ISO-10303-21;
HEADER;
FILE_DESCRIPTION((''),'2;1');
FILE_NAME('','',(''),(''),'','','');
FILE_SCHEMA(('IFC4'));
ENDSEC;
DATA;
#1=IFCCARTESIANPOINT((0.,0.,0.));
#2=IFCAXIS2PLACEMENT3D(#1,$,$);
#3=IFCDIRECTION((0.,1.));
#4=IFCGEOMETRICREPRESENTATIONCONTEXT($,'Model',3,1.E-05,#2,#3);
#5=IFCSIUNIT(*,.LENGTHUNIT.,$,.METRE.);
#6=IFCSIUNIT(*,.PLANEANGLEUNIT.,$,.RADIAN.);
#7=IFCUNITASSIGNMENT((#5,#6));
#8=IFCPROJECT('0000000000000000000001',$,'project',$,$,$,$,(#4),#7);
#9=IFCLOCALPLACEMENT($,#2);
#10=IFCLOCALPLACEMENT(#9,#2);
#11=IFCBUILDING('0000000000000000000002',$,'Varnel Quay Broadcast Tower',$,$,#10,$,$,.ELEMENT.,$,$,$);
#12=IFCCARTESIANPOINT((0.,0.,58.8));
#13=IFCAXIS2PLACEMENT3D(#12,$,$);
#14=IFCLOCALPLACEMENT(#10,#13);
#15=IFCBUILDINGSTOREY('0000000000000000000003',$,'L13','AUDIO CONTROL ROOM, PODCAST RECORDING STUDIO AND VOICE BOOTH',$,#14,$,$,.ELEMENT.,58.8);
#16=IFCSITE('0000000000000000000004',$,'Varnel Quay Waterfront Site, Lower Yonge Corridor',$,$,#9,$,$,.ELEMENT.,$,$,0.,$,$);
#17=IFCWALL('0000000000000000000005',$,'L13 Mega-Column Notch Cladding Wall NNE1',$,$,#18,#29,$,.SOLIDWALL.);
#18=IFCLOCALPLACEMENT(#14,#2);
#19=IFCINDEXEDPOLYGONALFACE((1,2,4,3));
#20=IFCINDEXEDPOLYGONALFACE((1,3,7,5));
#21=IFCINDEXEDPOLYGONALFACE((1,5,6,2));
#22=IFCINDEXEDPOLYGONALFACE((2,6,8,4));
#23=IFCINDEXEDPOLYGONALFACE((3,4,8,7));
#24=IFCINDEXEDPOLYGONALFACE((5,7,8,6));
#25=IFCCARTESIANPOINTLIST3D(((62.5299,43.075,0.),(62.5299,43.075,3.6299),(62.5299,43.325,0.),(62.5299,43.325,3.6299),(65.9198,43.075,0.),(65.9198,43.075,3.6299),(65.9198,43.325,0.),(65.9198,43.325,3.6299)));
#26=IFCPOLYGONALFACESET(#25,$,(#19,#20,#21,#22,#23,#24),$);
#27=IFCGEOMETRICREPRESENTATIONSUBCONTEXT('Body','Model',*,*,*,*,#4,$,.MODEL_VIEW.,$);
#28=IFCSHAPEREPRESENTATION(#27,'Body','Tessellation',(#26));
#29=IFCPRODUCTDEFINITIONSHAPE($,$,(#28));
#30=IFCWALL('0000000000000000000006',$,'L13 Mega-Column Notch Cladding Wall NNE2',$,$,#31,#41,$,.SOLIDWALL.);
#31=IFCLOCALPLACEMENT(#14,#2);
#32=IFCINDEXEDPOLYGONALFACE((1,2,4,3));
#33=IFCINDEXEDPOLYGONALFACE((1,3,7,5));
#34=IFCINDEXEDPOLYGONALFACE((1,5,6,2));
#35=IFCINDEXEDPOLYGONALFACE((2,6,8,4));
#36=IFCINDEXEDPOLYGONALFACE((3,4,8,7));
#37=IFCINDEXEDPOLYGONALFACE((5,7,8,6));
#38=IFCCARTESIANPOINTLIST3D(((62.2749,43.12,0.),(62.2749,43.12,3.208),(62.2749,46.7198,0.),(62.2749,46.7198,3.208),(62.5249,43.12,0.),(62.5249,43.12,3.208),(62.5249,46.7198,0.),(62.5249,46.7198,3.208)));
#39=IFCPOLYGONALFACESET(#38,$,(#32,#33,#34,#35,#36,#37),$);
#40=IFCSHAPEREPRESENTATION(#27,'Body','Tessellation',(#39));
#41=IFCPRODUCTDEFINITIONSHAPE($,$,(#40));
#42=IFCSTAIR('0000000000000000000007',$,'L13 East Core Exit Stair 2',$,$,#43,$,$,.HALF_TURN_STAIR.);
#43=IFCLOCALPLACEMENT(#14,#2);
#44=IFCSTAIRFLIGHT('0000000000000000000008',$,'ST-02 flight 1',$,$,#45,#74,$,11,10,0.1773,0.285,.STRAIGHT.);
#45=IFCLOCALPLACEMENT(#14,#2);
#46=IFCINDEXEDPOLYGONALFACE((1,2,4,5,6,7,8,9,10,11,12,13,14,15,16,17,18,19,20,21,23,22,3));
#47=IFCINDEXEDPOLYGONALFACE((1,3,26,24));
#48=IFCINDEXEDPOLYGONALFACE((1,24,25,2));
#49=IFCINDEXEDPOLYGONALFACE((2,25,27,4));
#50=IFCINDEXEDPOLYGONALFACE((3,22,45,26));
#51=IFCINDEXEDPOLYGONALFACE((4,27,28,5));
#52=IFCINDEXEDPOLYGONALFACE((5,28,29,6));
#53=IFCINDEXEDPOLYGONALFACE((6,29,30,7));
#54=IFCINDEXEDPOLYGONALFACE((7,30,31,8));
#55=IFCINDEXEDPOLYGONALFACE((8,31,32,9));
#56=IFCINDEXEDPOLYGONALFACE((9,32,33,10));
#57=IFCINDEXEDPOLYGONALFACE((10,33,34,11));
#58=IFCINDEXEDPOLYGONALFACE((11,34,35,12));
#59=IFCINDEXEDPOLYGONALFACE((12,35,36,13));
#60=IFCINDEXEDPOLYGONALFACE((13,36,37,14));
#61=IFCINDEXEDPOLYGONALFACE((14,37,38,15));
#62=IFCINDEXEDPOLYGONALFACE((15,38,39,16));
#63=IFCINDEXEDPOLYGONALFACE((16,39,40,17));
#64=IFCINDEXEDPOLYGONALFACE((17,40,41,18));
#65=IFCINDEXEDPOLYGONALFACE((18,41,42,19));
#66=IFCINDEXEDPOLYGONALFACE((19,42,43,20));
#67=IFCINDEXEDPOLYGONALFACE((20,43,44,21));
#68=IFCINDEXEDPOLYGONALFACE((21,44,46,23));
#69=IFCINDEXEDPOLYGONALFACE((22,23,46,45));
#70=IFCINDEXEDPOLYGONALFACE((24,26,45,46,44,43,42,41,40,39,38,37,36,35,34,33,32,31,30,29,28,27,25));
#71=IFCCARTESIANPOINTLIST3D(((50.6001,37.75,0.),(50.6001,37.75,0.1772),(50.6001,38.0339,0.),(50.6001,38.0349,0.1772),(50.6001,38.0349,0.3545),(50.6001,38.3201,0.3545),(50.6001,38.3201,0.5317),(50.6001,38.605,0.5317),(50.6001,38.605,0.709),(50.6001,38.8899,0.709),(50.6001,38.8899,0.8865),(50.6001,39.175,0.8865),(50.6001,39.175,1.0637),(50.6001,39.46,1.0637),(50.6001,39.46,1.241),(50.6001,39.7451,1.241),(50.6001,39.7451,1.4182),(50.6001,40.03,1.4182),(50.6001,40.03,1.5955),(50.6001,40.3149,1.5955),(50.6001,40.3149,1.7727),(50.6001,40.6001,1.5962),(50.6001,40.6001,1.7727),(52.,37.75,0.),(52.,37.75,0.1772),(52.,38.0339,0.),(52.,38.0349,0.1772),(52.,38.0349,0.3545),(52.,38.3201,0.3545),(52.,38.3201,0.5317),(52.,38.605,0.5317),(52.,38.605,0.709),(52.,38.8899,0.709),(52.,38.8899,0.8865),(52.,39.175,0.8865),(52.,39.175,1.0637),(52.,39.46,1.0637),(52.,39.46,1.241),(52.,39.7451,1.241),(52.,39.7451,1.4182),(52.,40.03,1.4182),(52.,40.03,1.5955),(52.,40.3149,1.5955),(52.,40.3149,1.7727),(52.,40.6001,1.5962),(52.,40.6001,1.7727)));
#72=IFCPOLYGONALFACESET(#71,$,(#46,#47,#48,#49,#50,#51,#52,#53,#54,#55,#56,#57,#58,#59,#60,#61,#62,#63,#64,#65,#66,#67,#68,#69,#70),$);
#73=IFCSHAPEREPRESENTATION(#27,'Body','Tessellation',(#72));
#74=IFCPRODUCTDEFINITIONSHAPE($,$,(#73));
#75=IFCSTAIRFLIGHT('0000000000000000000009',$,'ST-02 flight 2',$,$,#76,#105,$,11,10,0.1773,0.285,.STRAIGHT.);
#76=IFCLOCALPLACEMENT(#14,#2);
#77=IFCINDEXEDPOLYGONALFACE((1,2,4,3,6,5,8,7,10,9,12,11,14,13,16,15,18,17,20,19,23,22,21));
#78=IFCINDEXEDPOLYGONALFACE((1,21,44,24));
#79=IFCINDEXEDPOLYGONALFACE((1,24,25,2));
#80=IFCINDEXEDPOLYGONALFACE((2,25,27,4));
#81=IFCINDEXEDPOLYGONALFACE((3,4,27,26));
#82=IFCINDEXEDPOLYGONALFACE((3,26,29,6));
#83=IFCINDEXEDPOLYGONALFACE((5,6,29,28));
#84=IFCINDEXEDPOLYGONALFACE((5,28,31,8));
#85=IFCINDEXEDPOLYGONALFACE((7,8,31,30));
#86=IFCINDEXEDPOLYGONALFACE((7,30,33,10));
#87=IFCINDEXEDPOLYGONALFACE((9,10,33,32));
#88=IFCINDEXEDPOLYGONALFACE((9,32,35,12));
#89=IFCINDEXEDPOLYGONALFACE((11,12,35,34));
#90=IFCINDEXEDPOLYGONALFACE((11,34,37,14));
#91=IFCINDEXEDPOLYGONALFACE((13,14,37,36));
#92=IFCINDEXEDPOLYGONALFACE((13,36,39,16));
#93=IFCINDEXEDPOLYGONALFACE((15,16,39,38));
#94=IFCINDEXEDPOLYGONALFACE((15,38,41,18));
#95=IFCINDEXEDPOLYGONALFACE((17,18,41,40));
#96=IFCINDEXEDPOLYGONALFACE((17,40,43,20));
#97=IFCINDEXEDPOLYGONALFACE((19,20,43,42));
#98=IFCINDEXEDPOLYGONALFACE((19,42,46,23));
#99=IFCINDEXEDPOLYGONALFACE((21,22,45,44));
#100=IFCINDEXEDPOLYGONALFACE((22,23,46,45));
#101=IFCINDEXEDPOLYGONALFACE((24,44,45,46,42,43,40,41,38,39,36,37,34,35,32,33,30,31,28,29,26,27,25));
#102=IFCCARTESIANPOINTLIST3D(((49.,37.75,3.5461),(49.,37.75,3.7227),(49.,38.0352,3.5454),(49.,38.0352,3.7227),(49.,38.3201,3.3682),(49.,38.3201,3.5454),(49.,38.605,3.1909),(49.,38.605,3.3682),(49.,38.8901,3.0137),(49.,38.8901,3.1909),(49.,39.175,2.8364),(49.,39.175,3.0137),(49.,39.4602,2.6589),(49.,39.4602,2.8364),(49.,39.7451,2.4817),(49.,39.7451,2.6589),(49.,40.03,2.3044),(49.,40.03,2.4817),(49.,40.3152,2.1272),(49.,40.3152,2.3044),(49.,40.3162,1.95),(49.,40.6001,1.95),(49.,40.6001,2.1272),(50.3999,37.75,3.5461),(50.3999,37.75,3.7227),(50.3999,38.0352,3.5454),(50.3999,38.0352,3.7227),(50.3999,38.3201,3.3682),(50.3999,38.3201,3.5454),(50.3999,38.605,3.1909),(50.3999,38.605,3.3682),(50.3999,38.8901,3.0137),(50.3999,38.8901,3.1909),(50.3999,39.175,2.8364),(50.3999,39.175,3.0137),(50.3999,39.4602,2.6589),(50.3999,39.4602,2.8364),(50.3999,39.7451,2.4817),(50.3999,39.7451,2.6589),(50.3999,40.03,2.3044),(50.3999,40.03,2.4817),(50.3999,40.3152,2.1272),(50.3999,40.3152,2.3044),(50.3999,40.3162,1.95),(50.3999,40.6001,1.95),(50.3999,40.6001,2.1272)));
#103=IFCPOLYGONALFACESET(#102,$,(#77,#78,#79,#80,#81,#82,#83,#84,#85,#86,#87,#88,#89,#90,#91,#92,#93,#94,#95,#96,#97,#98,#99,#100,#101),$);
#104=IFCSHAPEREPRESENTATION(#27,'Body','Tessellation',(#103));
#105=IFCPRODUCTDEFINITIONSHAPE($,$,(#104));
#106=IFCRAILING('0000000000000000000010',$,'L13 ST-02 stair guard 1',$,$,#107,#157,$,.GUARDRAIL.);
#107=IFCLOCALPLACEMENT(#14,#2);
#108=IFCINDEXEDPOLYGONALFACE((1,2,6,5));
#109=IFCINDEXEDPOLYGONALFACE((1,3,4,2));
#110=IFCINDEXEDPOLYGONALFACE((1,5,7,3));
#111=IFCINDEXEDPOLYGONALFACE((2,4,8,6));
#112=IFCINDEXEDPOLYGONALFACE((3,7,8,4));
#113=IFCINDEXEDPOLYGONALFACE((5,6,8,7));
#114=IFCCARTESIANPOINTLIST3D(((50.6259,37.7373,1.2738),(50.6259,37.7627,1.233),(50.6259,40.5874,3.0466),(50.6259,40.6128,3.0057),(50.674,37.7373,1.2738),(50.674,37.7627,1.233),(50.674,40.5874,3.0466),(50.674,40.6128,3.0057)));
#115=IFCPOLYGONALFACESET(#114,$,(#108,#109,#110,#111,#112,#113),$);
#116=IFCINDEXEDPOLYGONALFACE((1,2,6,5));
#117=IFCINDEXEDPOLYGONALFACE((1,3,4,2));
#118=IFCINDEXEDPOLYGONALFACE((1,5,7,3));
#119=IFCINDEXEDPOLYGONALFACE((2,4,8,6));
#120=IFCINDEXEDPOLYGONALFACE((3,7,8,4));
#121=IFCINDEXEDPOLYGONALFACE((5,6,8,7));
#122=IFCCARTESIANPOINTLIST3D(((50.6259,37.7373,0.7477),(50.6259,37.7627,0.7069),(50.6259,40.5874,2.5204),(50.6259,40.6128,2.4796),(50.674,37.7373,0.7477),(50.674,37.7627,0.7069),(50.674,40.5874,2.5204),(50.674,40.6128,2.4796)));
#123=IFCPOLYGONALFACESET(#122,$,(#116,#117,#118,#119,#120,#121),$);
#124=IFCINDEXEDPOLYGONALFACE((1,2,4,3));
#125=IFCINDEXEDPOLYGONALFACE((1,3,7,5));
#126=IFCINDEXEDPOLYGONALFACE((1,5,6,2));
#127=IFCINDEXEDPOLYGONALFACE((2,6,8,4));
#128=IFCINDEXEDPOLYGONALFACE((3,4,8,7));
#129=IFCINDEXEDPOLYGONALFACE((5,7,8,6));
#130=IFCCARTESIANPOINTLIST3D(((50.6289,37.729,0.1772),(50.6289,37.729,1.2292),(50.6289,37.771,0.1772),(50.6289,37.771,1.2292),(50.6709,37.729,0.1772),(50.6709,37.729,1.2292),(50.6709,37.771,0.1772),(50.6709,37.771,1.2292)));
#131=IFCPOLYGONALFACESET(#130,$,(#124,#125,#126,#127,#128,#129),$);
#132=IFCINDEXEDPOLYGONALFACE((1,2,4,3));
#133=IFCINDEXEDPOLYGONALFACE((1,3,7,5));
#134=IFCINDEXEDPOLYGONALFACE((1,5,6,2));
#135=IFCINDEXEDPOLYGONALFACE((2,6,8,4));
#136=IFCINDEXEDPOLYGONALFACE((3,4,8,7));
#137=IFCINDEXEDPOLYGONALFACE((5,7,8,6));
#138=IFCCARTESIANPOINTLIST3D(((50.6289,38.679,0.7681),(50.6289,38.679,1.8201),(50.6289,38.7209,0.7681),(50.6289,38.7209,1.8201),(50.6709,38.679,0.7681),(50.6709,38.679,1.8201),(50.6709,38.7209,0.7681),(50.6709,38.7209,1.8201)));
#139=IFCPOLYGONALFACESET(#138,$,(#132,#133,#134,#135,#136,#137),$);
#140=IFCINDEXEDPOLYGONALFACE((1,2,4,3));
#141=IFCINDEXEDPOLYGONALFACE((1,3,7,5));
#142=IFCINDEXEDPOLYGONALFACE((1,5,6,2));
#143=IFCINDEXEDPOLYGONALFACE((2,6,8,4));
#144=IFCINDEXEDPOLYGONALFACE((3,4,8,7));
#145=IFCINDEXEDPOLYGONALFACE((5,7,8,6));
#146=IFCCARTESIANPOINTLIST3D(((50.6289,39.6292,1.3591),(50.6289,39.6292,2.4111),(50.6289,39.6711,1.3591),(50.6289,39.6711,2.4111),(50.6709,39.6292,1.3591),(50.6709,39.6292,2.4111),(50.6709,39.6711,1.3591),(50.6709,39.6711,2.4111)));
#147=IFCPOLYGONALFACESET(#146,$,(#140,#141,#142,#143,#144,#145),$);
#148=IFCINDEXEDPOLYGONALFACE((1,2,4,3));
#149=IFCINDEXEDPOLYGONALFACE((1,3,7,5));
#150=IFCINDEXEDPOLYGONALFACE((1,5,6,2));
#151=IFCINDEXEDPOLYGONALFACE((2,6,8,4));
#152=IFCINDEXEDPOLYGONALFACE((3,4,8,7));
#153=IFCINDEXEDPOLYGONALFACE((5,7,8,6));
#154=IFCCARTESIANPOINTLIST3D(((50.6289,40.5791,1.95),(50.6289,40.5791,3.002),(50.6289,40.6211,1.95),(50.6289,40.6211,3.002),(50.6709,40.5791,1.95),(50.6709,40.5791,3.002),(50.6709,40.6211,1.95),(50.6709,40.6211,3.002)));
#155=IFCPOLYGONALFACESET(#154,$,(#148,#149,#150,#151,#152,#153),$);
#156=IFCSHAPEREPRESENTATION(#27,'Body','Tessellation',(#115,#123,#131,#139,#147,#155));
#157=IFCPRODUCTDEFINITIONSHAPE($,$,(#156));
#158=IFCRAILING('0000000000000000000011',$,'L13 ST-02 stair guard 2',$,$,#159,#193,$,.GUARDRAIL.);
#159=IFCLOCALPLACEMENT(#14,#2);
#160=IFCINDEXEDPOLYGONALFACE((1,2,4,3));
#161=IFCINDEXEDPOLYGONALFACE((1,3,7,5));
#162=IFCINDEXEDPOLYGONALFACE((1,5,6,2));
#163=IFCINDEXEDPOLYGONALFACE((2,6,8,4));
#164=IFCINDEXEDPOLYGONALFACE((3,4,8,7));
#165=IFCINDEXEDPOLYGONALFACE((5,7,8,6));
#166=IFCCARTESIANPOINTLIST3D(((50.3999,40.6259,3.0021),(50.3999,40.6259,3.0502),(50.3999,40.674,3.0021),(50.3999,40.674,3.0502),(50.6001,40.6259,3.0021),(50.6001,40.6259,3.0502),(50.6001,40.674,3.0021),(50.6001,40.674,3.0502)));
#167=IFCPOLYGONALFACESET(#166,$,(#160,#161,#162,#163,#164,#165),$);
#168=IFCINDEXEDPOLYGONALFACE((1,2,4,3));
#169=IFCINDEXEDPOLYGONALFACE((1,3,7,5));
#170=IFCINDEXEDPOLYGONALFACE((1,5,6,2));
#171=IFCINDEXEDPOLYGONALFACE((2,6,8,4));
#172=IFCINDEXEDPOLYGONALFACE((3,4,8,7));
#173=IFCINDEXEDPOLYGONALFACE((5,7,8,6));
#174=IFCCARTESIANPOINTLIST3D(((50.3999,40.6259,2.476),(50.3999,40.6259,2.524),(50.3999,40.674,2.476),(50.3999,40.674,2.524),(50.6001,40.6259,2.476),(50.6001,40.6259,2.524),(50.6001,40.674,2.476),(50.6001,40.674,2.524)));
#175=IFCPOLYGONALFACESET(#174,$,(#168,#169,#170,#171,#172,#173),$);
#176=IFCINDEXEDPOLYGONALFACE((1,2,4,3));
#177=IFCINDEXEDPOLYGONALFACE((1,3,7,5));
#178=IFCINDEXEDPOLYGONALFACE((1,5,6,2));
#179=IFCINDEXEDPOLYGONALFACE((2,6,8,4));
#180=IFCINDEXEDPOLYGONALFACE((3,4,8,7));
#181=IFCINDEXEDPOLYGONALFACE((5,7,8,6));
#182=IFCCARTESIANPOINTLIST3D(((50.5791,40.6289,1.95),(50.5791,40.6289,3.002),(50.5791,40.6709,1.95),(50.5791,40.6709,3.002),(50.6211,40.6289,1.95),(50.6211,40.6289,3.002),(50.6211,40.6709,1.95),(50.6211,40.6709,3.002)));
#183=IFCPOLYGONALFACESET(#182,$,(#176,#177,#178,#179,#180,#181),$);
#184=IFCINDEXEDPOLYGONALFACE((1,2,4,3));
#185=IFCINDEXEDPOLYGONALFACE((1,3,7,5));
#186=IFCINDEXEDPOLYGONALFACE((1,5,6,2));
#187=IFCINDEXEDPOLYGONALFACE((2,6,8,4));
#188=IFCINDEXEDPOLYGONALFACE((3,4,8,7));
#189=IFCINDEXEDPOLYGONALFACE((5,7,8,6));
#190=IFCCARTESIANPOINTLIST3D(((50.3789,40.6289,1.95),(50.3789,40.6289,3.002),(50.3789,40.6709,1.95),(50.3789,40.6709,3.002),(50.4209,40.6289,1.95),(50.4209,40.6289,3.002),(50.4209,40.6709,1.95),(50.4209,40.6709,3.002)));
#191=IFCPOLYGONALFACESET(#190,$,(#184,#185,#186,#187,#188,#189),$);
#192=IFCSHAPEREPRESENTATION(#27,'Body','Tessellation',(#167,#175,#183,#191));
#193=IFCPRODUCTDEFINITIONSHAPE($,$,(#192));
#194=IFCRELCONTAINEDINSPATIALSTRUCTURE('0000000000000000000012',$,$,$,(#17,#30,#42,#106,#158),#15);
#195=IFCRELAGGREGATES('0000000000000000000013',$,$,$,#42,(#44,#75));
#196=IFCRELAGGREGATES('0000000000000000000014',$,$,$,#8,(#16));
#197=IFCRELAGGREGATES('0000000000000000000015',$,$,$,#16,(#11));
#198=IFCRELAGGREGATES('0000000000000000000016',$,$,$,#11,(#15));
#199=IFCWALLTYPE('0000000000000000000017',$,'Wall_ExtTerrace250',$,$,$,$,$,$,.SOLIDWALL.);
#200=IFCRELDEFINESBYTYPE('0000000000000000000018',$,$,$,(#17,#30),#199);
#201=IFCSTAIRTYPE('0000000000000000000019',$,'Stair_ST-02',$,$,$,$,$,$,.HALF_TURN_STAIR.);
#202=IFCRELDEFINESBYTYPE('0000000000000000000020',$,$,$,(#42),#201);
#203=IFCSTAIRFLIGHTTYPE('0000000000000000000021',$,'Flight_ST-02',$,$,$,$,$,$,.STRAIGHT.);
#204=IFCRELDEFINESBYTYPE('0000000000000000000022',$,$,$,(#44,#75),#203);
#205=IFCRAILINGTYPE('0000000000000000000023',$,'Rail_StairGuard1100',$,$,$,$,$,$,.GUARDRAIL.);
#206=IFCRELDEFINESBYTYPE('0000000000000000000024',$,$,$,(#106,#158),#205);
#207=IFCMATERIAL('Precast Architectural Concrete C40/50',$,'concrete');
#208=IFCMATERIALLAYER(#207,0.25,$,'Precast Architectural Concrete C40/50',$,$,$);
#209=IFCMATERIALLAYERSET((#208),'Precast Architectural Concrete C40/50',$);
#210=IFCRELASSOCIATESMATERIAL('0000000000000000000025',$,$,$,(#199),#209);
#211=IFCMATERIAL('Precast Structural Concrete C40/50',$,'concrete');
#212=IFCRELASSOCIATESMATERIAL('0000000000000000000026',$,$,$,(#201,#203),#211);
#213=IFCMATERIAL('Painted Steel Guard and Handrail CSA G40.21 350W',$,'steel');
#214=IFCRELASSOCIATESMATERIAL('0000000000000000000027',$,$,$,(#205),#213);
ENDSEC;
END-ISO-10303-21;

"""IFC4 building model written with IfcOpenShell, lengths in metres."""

from ifc_helpers import new_model, si_unit, direction, frame, frame_2d, origin, origin_2d, place, context, subcontext, project, spatial, polyline, rectangle, outline, extrude, material, layer, layer_set, type_object, element, aggregate, save


model = new_model("IFC4")

# Units and contexts
model_context = context("Model", 3, precision=1e-05, world=origin(), true_north=direction((0.0, 1.0)))
body_context = subcontext(model_context, "Body", "Model", "MODEL_VIEW")
ifc_project = project(units=[si_unit("LENGTHUNIT", "METRE"), si_unit("PLANEANGLEUNIT", "RADIAN")], contexts=[model_context])

# Site, building, storey
site_placement = place(None, origin())
site = spatial("IfcSite", under=ifc_project, at=site_placement, Name="Varnel Quay Waterfront Site, Lower Yonge Corridor", CompositionType="ELEMENT", RefElevation=0.0)
building_placement = place(site_placement, origin())
building = spatial("IfcBuilding", under=site, at=building_placement, Name="Varnel Quay Broadcast Tower", CompositionType="ELEMENT")
storey_placement = place(building_placement, frame((0.0, 0.0, 58.8)))
storey = spatial("IfcBuildingStorey", under=building, at=storey_placement, Name="L13", Description="AUDIO CONTROL ROOM, PODCAST RECORDING STUDIO AND VOICE BOOTH", CompositionType="ELEMENT", Elevation=58.8)

# Walls
ifc_material_1 = material(Name="Precast Architectural Concrete C40/50", Category="concrete")
ifc_layer_1 = layer(ifc_material_1, 0.25, Name="Precast Architectural Concrete C40/50")
ifc_layer_set_1 = layer_set([ifc_layer_1], Name="Precast Architectural Concrete C40/50")
wall_type_1 = type_object("IfcWallType", Name="Wall_ExtTerrace250", PredefinedType="SOLIDWALL", material=ifc_layer_set_1)
wall_1_placement = place(storey_placement, frame((62.53, 43.2, 0.0), z_axis=(0.0, 0.0, 1.0), x_axis=(1.0, 0.0, 0.0)))
element("IfcWall", 1, at=wall_1_placement, inside=storey, type_object=wall_type_1, Name="L13 Mega-Column Notch Cladding Wall NNE1", PredefinedType="SOLIDWALL", context=body_context, shape_type="SweptSolid", body=[
    extrude(rectangle(XDim=3.3899, YDim=0.25, at=frame_2d((1.6948, 0.0))), origin(), (0.0, 0.0, 1.0), 3.6299),
])
wall_2_placement = place(storey_placement, frame((62.3999, 43.1201, 0.0), z_axis=(0.0, 0.0, 1.0), x_axis=(0.0, 1.0, 0.0)))
element("IfcWall", 2, at=wall_2_placement, inside=storey, type_object=wall_type_1, Name="L13 Mega-Column Notch Cladding Wall NNE2", PredefinedType="SOLIDWALL", context=body_context, shape_type="SweptSolid", body=[
    extrude(rectangle(XDim=3.5999, YDim=0.25, at=frame_2d((1.7998, 0.0))), origin(), (0.0, 0.0, 1.0), 3.208),
])

# Stair, stair flights
ifc_material_2 = material(Name="Precast Structural Concrete C40/50", Category="concrete")
stair_type = type_object("IfcStairType", Name="Stair_ST-02", PredefinedType="HALF_TURN_STAIR", material=ifc_material_2)
stair_placement = place(storey_placement, origin())
stair = element("IfcStair", 3, at=stair_placement, inside=storey, type_object=stair_type, Name="L13 East Core Exit Stair 2", PredefinedType="HALF_TURN_STAIR")
stair_flight_type = type_object("IfcStairFlightType", Name="Flight_ST-02", PredefinedType="STRAIGHT", material=ifc_material_2)
stair_flight_1_placement = place(storey_placement, frame((51.3, 37.75, 0.0), z_axis=(0.0, 0.0, 1.0), x_axis=(0.0, 1.0, 0.0)))
stair_flight_1 = element("IfcStairFlight", 4, at=stair_flight_1_placement, type_object=stair_flight_type, Name="ST-02 flight 1", NumberOfRisers=11, NumberOfTreads=10, PredefinedType="STRAIGHT", RiserHeight=0.1773, TreadLength=0.285, context=body_context, shape_type="SweptSolid", body=[
    extrude(outline(polyline([(0.0, 0.0), (0.0, 0.1772), (0.2849, 0.1772), (0.2849, 0.3545), (0.5701, 0.3545), (0.5701, 0.5317), (0.855, 0.5317), (0.855, 0.709), (1.1399, 0.709), (1.1399, 0.8865), (1.425, 0.8865), (1.425, 1.0637), (1.71, 1.0637), (1.71, 1.241), (1.9951, 1.241), (1.9951, 1.4182), (2.28, 1.4182), (2.28, 1.5955), (2.5649, 1.5955), (2.5649, 1.7727), (2.8501, 1.7727), (2.8501, 1.95), (2.8501, 1.5962), (0.2839, 0.0), (0.0, 0.0)])), frame((0.0, 0.7, 0.0), z_axis=(0.0, -1.0, 0.0), x_axis=(1.0, 0.0, 0.0)), (0.0, 0.0, 1.0), 1.3999),
])
stair_flight_2_placement = place(storey_placement, frame((49.7, 40.6001, 1.95), z_axis=(0.0, 0.0, 1.0), x_axis=(0.0, -1.0, 0.0)))
stair_flight_2 = element("IfcStairFlight", 5, at=stair_flight_2_placement, type_object=stair_flight_type, Name="ST-02 flight 2", NumberOfRisers=11, NumberOfTreads=10, PredefinedType="STRAIGHT", RiserHeight=0.1773, TreadLength=0.285, context=body_context, shape_type="SweptSolid", body=[
    extrude(outline(polyline([(0.0, 0.0), (0.0, 0.1772), (0.2849, 0.1772), (0.2849, 0.3545), (0.5701, 0.3545), (0.5701, 0.5317), (0.855, 0.5317), (0.855, 0.709), (1.1399, 0.709), (1.1399, 0.8865), (1.425, 0.8865), (1.425, 1.0637), (1.71, 1.0637), (1.71, 1.241), (1.9951, 1.241), (1.9951, 1.4182), (2.28, 1.4182), (2.28, 1.5955), (2.5649, 1.5955), (2.5649, 1.7727), (2.8501, 1.7727), (2.8501, 1.95), (2.8501, 1.5962), (0.2839, 0.0), (0.0, 0.0)])), frame((0.0, 0.7, 0.0), z_axis=(0.0, -1.0, 0.0), x_axis=(1.0, 0.0, 0.0)), (0.0, 0.0, 1.0), 1.3999),
])
aggregate(stair, [stair_flight_1, stair_flight_2])

# Railings
ifc_material_3 = material(Name="Painted Steel Guard and Handrail CSA G40.21 350W", Category="steel")
railing_type_1 = type_object("IfcRailingType", Name="Rail_StairGuard1100", PredefinedType="GUARDRAIL", material=ifc_material_3)
railing_1_placement = place(storey_placement, frame((50.6499, 37.75, 0.1772)))
element("IfcRailing", 6, at=railing_1_placement, inside=storey, type_object=railing_type_1, Name="L13 ST-02 stair guard 1", PredefinedType="GUARDRAIL", context=body_context, shape_type="SweptSolid", body=[
    extrude(rectangle(XDim=0.0481, YDim=0.0481, at=origin_2d()), frame((0.0, 0.0, 1.0762), z_axis=(0.0, 0.849149, 0.528154), x_axis=(-1.0, 0.0, 0.0)), (0.0, 0.0, 1.0), 3.3564),
    extrude(rectangle(XDim=0.0481, YDim=0.0481, at=origin_2d()), frame((0.0, 0.0, 0.55), z_axis=(0.0, 0.849149, 0.528154), x_axis=(-1.0, 0.0, 0.0)), (0.0, 0.0, 1.0), 3.3564),
    extrude(rectangle(XDim=0.042, YDim=0.042, at=origin_2d()), origin(), (0.0, 0.0, 1.0), 1.052),
    extrude(rectangle(XDim=0.042, YDim=0.042, at=origin_2d()), frame((0.0, 0.95, 0.5908)), (0.0, 0.0, 1.0), 1.052),
    extrude(rectangle(XDim=0.042, YDim=0.042, at=origin_2d()), frame((0.0, 1.9001, 1.1819)), (0.0, 0.0, 1.0), 1.052),
    extrude(rectangle(XDim=0.042, YDim=0.042, at=origin_2d()), frame((0.0, 2.8501, 1.7727)), (0.0, 0.0, 1.0), 1.052),
])
railing_2_placement = place(storey_placement, frame((50.6001, 40.6499, 1.95)))
element("IfcRailing", 7, at=railing_2_placement, inside=storey, type_object=railing_type_1, Name="L13 ST-02 stair guard 2", PredefinedType="GUARDRAIL", context=body_context, shape_type="SweptSolid", body=[
    extrude(rectangle(XDim=0.0481, YDim=0.0481, at=origin_2d()), frame((0.0, 0.0, 1.0762), z_axis=(-1.0, 0.0, 0.0), x_axis=(0.0, -1.0, 0.0)), (0.0, 0.0, 1.0), 0.2002),
    extrude(rectangle(XDim=0.0481, YDim=0.0481, at=origin_2d()), frame((0.0, 0.0, 0.55), z_axis=(-1.0, 0.0, 0.0), x_axis=(0.0, -1.0, 0.0)), (0.0, 0.0, 1.0), 0.2002),
    extrude(rectangle(XDim=0.042, YDim=0.042, at=origin_2d()), origin(), (0.0, 0.0, 1.0), 1.052),
    extrude(rectangle(XDim=0.042, YDim=0.042, at=origin_2d()), frame((-0.2002, 0.0, 0.0)), (0.0, 0.0, 1.0), 1.052),
])

save(model, "model.ifc")
